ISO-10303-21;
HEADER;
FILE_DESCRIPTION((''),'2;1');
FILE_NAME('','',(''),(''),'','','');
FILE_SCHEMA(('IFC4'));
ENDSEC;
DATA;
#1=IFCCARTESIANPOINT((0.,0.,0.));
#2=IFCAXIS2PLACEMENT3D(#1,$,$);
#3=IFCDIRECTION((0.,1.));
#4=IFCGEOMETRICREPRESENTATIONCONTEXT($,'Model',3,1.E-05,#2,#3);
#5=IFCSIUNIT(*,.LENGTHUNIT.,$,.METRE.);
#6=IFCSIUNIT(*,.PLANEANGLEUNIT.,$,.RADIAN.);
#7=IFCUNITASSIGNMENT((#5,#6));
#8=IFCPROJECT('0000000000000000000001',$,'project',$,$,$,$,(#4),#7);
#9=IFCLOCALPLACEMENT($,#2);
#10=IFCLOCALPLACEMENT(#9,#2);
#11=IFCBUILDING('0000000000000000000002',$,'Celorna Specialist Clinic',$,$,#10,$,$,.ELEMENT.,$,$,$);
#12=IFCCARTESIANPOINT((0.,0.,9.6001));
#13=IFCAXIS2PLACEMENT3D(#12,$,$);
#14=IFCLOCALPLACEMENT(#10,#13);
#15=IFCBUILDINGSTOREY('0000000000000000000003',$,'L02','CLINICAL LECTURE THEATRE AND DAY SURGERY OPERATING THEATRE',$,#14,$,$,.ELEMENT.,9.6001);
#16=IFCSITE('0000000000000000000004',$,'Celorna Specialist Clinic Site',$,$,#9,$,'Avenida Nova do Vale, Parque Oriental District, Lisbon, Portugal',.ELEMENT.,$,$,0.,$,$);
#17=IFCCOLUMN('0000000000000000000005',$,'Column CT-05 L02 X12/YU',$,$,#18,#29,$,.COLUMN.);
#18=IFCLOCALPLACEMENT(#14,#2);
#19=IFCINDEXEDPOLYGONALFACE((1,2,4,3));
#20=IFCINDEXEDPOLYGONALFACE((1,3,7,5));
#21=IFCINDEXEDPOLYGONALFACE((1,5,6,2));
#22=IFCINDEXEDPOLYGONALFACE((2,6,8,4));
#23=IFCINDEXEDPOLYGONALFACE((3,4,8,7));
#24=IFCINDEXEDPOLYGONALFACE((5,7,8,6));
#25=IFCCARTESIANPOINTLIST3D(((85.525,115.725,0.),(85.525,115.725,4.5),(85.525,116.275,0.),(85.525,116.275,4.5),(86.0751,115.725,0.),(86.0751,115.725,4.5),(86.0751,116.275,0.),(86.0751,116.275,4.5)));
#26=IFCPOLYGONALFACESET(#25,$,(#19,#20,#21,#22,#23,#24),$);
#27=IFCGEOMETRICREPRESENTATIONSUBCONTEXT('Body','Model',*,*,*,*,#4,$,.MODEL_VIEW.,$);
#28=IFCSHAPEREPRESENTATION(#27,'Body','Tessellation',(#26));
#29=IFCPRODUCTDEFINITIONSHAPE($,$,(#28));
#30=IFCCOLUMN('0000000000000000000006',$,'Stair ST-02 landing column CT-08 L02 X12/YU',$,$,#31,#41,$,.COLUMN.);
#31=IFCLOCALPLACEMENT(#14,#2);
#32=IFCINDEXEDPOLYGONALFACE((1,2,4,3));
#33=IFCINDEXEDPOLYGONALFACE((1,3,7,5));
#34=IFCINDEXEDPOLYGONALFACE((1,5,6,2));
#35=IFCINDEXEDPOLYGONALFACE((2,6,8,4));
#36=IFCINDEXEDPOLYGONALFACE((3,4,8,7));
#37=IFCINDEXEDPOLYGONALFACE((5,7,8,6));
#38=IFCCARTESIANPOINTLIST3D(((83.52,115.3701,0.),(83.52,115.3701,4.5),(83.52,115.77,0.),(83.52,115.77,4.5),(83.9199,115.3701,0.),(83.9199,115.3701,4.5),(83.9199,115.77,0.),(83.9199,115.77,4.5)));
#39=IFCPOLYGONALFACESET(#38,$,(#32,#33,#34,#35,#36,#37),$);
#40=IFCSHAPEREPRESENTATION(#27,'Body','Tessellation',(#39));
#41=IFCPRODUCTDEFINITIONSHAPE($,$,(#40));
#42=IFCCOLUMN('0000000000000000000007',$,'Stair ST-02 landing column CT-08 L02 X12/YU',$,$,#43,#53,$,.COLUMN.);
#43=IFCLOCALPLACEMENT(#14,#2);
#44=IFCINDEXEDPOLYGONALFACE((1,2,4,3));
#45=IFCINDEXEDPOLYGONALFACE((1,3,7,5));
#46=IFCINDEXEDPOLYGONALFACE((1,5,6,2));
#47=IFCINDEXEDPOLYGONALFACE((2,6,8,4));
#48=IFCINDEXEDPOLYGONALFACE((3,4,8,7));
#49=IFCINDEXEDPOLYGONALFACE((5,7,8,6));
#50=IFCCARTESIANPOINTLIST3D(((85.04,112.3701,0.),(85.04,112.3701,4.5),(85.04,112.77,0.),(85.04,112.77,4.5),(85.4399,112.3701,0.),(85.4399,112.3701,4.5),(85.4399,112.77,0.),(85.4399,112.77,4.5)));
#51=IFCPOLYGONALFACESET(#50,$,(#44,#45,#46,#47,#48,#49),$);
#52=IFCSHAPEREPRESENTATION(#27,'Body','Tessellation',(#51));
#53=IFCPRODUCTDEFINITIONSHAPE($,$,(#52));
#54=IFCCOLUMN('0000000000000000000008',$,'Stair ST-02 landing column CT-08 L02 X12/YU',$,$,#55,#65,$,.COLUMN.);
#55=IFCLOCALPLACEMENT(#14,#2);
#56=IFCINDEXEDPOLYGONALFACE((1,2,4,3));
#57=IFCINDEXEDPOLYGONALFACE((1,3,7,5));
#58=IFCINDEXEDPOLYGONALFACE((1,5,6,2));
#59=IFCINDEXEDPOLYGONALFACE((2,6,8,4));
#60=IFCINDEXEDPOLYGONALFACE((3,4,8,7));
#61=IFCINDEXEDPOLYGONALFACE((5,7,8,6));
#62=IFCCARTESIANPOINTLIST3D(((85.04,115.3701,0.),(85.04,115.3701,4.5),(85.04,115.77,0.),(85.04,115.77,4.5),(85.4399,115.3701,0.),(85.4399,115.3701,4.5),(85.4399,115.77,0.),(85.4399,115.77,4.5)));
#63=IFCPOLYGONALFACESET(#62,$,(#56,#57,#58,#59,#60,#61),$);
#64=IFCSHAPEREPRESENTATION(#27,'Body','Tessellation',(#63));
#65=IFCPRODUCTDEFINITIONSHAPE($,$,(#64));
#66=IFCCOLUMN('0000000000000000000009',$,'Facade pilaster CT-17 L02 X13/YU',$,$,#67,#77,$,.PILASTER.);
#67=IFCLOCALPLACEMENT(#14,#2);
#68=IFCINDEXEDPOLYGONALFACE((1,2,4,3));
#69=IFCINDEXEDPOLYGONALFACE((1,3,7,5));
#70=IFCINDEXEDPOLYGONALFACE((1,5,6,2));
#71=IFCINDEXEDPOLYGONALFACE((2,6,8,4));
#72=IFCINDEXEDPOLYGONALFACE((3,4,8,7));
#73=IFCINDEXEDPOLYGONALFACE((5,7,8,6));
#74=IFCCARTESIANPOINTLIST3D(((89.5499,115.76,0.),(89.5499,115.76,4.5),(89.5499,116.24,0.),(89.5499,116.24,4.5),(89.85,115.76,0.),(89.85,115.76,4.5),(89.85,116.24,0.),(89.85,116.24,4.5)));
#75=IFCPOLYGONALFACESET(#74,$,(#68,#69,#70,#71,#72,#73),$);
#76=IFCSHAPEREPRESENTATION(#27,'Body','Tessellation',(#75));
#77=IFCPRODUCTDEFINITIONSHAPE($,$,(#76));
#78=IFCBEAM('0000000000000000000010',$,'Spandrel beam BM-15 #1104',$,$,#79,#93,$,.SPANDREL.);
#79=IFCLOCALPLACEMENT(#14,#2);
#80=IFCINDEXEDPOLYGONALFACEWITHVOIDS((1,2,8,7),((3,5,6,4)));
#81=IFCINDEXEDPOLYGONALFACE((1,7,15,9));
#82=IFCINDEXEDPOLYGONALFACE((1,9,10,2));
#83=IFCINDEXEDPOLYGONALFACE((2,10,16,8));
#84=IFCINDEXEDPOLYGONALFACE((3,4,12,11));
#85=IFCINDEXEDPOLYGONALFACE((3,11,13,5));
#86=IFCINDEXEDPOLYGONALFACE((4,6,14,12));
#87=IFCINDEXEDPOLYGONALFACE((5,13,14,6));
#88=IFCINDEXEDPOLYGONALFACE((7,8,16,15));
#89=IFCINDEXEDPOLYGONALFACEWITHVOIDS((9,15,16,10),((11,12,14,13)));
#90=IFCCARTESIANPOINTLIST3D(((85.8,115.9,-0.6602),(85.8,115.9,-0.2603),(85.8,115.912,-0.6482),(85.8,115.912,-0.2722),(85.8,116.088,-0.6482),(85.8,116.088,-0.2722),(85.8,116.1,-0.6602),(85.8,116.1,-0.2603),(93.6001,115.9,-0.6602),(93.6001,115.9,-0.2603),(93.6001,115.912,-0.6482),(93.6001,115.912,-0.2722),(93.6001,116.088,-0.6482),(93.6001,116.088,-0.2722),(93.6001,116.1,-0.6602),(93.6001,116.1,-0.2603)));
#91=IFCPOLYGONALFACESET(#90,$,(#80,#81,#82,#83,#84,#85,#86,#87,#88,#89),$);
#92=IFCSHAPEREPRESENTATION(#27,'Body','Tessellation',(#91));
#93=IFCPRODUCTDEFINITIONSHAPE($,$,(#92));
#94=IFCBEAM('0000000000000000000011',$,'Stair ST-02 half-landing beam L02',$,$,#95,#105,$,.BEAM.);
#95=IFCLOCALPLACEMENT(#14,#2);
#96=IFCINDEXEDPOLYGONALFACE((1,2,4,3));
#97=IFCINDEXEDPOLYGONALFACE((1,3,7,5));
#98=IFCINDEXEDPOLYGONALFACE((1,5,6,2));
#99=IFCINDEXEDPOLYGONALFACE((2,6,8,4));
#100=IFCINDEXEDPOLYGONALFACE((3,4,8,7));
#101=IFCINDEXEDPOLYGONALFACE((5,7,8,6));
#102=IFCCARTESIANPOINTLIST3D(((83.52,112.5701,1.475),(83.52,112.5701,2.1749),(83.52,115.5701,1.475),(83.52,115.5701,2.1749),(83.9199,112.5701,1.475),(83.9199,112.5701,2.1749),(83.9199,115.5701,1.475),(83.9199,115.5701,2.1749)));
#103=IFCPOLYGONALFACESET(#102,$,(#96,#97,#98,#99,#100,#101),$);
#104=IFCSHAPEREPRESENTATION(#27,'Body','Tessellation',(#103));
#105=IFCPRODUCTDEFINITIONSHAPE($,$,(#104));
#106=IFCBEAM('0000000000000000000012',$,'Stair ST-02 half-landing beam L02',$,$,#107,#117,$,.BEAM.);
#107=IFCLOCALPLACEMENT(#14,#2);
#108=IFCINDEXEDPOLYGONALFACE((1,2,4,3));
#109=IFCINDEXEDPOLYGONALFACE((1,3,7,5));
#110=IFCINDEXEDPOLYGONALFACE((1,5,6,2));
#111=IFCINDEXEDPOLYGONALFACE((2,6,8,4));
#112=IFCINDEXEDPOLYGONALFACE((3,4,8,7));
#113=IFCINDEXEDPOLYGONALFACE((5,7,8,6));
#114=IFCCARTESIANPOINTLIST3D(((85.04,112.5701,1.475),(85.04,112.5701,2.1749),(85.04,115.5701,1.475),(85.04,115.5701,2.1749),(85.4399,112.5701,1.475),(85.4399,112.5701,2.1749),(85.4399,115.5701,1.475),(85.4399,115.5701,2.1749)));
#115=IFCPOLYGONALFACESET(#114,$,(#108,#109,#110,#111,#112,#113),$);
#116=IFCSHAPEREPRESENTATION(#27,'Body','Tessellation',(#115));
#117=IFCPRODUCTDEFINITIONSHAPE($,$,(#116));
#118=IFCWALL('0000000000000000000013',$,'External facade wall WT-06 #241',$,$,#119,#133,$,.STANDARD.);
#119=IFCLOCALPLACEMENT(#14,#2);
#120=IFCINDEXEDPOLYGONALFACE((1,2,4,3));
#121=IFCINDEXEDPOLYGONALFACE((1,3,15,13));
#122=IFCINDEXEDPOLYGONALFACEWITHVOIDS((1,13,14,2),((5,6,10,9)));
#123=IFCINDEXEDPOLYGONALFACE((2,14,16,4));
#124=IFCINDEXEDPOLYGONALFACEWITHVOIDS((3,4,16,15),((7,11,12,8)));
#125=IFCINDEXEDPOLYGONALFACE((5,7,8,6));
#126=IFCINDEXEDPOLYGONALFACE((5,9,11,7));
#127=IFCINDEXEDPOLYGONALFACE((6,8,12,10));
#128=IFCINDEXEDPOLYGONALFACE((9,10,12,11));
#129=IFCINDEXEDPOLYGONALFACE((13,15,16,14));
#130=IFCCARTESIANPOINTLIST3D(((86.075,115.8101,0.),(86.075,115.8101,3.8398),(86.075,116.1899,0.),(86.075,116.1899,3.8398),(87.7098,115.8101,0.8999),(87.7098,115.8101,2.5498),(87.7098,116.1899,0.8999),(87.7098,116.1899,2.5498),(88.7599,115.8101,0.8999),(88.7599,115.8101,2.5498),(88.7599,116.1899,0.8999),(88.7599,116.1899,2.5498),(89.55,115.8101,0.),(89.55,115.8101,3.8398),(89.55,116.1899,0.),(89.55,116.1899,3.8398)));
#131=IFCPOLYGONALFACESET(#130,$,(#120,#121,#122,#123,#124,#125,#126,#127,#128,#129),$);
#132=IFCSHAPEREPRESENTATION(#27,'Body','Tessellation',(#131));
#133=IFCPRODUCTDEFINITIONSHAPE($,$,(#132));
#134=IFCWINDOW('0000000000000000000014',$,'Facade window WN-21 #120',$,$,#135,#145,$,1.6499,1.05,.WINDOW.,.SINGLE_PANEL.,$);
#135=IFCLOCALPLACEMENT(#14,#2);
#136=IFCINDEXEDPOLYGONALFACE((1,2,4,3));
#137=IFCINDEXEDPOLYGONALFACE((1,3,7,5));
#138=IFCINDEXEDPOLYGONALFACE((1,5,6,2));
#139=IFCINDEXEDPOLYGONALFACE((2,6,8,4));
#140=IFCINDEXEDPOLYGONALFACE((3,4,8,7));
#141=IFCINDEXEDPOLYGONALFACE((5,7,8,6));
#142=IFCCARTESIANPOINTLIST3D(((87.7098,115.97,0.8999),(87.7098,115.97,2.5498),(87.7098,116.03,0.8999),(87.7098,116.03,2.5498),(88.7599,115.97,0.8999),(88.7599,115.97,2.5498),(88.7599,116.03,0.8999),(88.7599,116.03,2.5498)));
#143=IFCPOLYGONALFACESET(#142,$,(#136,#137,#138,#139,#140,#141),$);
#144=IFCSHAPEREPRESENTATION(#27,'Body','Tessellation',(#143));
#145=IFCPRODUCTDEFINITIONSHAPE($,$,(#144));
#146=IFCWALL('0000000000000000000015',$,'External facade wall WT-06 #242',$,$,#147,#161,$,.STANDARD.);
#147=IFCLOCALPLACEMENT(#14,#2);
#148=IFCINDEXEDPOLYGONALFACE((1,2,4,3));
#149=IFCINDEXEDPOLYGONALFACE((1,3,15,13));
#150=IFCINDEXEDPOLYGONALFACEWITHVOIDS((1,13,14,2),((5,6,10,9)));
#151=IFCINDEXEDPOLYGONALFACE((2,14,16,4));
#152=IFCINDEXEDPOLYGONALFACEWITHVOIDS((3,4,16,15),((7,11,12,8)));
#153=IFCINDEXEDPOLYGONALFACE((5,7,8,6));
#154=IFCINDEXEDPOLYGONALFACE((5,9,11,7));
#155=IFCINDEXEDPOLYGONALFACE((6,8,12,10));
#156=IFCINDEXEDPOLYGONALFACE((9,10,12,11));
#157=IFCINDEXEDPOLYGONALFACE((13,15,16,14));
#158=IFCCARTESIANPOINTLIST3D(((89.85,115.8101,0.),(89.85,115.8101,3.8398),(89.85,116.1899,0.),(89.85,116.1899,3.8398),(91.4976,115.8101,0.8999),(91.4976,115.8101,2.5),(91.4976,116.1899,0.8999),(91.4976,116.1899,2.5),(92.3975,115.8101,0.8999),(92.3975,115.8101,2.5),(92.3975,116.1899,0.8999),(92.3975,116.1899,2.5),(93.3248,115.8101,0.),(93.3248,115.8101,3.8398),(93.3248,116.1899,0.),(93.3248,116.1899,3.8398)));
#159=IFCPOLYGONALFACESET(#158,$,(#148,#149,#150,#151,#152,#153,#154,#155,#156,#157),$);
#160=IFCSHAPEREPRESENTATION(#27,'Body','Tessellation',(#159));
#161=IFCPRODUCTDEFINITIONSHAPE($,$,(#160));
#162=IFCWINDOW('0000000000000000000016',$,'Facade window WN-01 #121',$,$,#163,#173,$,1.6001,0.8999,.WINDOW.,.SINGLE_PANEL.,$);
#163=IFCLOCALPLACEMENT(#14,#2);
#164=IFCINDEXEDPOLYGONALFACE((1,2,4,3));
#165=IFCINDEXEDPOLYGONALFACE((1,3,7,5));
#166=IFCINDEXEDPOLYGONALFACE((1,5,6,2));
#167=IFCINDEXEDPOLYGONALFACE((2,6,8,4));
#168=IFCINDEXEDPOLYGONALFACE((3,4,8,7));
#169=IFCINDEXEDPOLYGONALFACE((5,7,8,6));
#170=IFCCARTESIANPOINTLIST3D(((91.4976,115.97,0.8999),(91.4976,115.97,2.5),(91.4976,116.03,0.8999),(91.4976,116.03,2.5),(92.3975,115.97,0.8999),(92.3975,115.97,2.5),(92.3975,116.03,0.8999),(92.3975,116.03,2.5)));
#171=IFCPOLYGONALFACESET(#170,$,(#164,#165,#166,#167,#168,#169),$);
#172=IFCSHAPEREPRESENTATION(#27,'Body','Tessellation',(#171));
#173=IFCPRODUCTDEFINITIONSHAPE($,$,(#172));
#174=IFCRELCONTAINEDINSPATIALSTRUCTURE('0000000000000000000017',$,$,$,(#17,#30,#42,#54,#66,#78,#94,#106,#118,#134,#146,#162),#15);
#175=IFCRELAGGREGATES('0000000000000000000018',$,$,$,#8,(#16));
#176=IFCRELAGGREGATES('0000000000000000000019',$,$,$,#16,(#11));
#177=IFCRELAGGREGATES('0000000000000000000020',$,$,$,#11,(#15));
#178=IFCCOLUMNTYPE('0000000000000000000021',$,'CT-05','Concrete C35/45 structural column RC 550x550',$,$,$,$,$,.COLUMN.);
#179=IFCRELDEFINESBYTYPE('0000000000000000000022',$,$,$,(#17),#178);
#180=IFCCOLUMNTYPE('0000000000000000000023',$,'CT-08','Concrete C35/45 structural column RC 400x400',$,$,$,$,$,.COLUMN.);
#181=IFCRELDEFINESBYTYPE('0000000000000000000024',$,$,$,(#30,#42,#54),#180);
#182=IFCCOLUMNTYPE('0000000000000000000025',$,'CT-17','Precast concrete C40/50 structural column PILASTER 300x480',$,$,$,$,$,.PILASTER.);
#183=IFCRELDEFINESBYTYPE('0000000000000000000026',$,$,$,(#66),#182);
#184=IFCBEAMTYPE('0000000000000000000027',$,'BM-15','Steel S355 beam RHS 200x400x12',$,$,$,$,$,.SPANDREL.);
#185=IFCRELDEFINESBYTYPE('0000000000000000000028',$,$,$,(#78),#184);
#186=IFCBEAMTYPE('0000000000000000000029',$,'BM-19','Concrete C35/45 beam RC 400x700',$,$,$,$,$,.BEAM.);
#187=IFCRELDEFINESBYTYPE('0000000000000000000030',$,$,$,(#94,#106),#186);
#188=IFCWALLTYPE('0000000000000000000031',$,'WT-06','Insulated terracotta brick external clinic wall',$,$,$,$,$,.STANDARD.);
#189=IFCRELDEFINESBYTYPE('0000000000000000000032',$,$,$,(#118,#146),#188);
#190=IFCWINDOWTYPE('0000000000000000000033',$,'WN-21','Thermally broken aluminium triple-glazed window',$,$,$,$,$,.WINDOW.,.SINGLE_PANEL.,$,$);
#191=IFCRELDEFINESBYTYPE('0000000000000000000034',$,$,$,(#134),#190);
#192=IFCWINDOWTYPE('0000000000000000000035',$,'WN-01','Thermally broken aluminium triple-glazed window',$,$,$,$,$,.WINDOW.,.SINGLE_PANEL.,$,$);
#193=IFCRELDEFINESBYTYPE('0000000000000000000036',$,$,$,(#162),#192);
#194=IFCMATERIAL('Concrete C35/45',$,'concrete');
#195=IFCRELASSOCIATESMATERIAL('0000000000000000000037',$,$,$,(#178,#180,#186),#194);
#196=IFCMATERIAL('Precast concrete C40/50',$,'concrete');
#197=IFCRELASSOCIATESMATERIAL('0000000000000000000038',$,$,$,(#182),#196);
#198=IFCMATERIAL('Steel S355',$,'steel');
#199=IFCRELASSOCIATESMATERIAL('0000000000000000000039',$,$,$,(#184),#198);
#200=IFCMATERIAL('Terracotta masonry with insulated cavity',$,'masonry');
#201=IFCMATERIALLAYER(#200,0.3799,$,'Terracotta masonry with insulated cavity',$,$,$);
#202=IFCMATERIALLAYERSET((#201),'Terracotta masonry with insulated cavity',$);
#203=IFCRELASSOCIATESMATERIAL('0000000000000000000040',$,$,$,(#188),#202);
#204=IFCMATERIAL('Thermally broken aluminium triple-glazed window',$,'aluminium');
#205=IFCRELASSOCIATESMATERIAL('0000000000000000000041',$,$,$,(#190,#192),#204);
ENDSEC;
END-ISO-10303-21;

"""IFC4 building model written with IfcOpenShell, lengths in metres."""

from ifc_helpers import new_model, si_unit, direction, frame, frame_2d, origin, origin_2d, place, context, subcontext, project, spatial, rectangle, hollow_rectangle, extrude, material, layer, layer_set, material_profile, profile_set, type_object, element, fill, save


model = new_model("IFC4")

# Units and contexts
model_context = context("Model", 3, precision=1e-05, world=origin(), true_north=direction((0.0, 1.0)))
body_context = subcontext(model_context, "Body", "Model", "MODEL_VIEW")
ifc_project = project(units=[si_unit("LENGTHUNIT", "METRE"), si_unit("PLANEANGLEUNIT", "RADIAN")], contexts=[model_context])

# Site, building, storey
site_placement = place(None, origin())
site = spatial("IfcSite", under=ifc_project, at=site_placement, Name="Celorna Specialist Clinic Site", LongName="Avenida Nova do Vale, Parque Oriental District, Lisbon, Portugal", CompositionType="ELEMENT", RefElevation=0.0)
building_placement = place(site_placement, origin())
building = spatial("IfcBuilding", under=site, at=building_placement, Name="Celorna Specialist Clinic", CompositionType="ELEMENT")
storey_placement = place(building_placement, frame((0.0, 0.0, 9.6001)))
storey = spatial("IfcBuildingStorey", under=building, at=storey_placement, Name="L02", Description="CLINICAL LECTURE THEATRE AND DAY SURGERY OPERATING THEATRE", CompositionType="ELEMENT", Elevation=9.6001)

# Columns
ifc_material_1 = material(Name="Concrete C35/45", Category="concrete")
ifc_material_profile_1 = material_profile(ifc_material_1, rectangle(XDim=0.55, YDim=0.55, at=origin_2d()), Name="RC 550x550")
ifc_profile_set_1 = profile_set([ifc_material_profile_1], Name="Concrete C35/45")
column_type_1 = type_object("IfcColumnType", Name="CT-05", Description="Concrete C35/45 structural column RC 550x550", PredefinedType="COLUMN", material=ifc_profile_set_1)
column_1_placement = place(storey_placement, frame((85.8, 116.0, 0.0), z_axis=(0.0, 0.0, 1.0), x_axis=(1.0, 0.0, 0.0)))
element("IfcColumn", 1, at=column_1_placement, inside=storey, type_object=column_type_1, Name="Column CT-05 L02 X12/YU", PredefinedType="COLUMN", context=body_context, shape_type="SweptSolid", body=[
    extrude(rectangle(XDim=0.55, YDim=0.55, at=origin_2d()), origin(), (0.0, 0.0, 1.0), 4.5),
])
ifc_material_profile_2 = material_profile(ifc_material_1, rectangle(XDim=0.3999, YDim=0.3999, at=origin_2d()), Name="RC 400x400")
ifc_profile_set_2 = profile_set([ifc_material_profile_2], Name="Concrete C35/45")
column_type_2 = type_object("IfcColumnType", Name="CT-08", Description="Concrete C35/45 structural column RC 400x400", PredefinedType="COLUMN", material=ifc_profile_set_2)
for number, where, z_axis, x_axis, name in (
    (2, (83.72, 115.5701, 0.0), (0.0, 0.0, 1.0), (1.0, 0.0, 0.0), "Stair ST-02 landing column CT-08 L02 X12/YU"),
    (3, (85.24, 112.5701, 0.0), (0.0, 0.0, 1.0), (1.0, 0.0, 0.0), "Stair ST-02 landing column CT-08 L02 X12/YU"),
    (4, (85.24, 115.5701, 0.0), (0.0, 0.0, 1.0), (1.0, 0.0, 0.0), "Stair ST-02 landing column CT-08 L02 X12/YU"),
):
    element("IfcColumn", number, at=place(storey_placement, frame(where, z_axis=z_axis, x_axis=x_axis)), inside=storey, type_object=column_type_2, Name=name, PredefinedType="COLUMN", context=body_context, shape_type="SweptSolid", body=[
        extrude(rectangle(XDim=0.3999, YDim=0.3999, at=origin_2d()), origin(), (0.0, 0.0, 1.0), 4.5),
    ])
ifc_material_2 = material(Name="Precast concrete C40/50", Category="concrete")
ifc_material_profile_3 = material_profile(ifc_material_2, rectangle(XDim=0.3, YDim=0.48, at=origin_2d()), Name="PILASTER 300x480")
ifc_profile_set_3 = profile_set([ifc_material_profile_3], Name="Precast concrete C40/50")
column_type_3 = type_object("IfcColumnType", Name="CT-17", Description="Precast concrete C40/50 structural column PILASTER 300x480", PredefinedType="PILASTER", material=ifc_profile_set_3)
column_2_placement = place(storey_placement, frame((89.7, 116.0, 0.0), z_axis=(0.0, 0.0, 1.0), x_axis=(1.0, 0.0, 0.0)))
element("IfcColumn", 5, at=column_2_placement, inside=storey, type_object=column_type_3, Name="Facade pilaster CT-17 L02 X13/YU", PredefinedType="PILASTER", context=body_context, shape_type="SweptSolid", body=[
    extrude(rectangle(XDim=0.3, YDim=0.48, at=origin_2d()), origin(), (0.0, 0.0, 1.0), 4.5),
])

# Beams
ifc_material_3 = material(Name="Steel S355", Category="steel")
ifc_material_profile_4 = material_profile(ifc_material_3, hollow_rectangle(XDim=0.2, YDim=0.3999, WallThickness=0.012, at=origin_2d()), Name="RHS 200x400x12")
ifc_profile_set_4 = profile_set([ifc_material_profile_4], Name="Steel S355")
beam_type_1 = type_object("IfcBeamType", Name="BM-15", Description="Steel S355 beam RHS 200x400x12", PredefinedType="SPANDREL", material=ifc_profile_set_4)
beam_placement = place(storey_placement, frame((85.8, 116.0, -0.4602), z_axis=(1.0, 0.0, 0.0), x_axis=(0.0, 1.0, 0.0)))
element("IfcBeam", 6, at=beam_placement, inside=storey, type_object=beam_type_1, Name="Spandrel beam BM-15 #1104", PredefinedType="SPANDREL", context=body_context, shape_type="SweptSolid", body=[
    extrude(hollow_rectangle(XDim=0.2, YDim=0.3999, WallThickness=0.012, at=origin_2d()), origin(), (0.0, 0.0, 1.0), 7.8),
])
ifc_material_profile_5 = material_profile(ifc_material_1, rectangle(XDim=0.3999, YDim=0.7, at=origin_2d()), Name="RC 400x700")
ifc_profile_set_5 = profile_set([ifc_material_profile_5], Name="Concrete C35/45")
beam_type_2 = type_object("IfcBeamType", Name="BM-19", Description="Concrete C35/45 beam RC 400x700", PredefinedType="BEAM", material=ifc_profile_set_5)
for number, where, z_axis, x_axis, name in (
    (7, (83.72, 112.5701, 1.825), (0.0, 1.0, 0.0), (-1.0, 0.0, 0.0), "Stair ST-02 half-landing beam L02"),
    (8, (85.24, 112.5701, 1.825), (0.0, 1.0, 0.0), (-1.0, 0.0, 0.0), "Stair ST-02 half-landing beam L02"),
):
    element("IfcBeam", number, at=place(storey_placement, frame(where, z_axis=z_axis, x_axis=x_axis)), inside=storey, type_object=beam_type_2, Name=name, PredefinedType="BEAM", context=body_context, shape_type="SweptSolid", body=[
        extrude(rectangle(XDim=0.3999, YDim=0.7, at=origin_2d()), origin(), (0.0, 0.0, 1.0), 3.0),
    ])

# Walls, openings, windows
ifc_material_4 = material(Name="Terracotta masonry with insulated cavity", Category="masonry")
ifc_layer_1 = layer(ifc_material_4, 0.3799, Name="Terracotta masonry with insulated cavity")
ifc_layer_set_1 = layer_set([ifc_layer_1], Name="Terracotta masonry with insulated cavity")
wall_type_1 = type_object("IfcWallType", Name="WT-06", Description="Insulated terracotta brick external clinic wall", PredefinedType="STANDARD", material=ifc_layer_set_1)
wall_1_placement = place(storey_placement, frame((86.075, 116.0, 0.0), z_axis=(0.0, 0.0, 1.0), x_axis=(1.0, 0.0, 0.0)))
wall_1 = element("IfcWall", 9, at=wall_1_placement, inside=storey, type_object=wall_type_1, Name="External facade wall WT-06 #241", PredefinedType="STANDARD", context=body_context, shape_type="SweptSolid", body=[
    extrude(rectangle(XDim=3.4751, YDim=0.3799, at=frame_2d((1.7375, 0.0))), origin(), (0.0, 0.0, 1.0), 3.8398),
])
opening_1_placement = place(wall_1_placement, frame((1.635, 0.0, 0.8999)))
opening_1 = element("IfcOpeningElement", 10, at=opening_1_placement, cuts=wall_1, PredefinedType="OPENING", context=body_context, shape_type="SweptSolid", body=[
    extrude(rectangle(XDim=1.05, YDim=1.6499, at=frame_2d((0.5249, 0.825))), frame((0.0, 0.2, 0.0), z_axis=(0.0, -1.0, 0.0), x_axis=(1.0, 0.0, 0.0)), (0.0, 0.0, 1.0), 0.3999),
])
ifc_material_5 = material(Name="Thermally broken aluminium triple-glazed window", Category="aluminium")
window_type_1 = type_object("IfcWindowType", Name="WN-21", Description="Thermally broken aluminium triple-glazed window", PartitioningType="SINGLE_PANEL", PredefinedType="WINDOW", material=ifc_material_5)
window_1_placement = place(opening_1_placement, origin())
window_1 = element("IfcWindow", 11, at=window_1_placement, inside=storey, type_object=window_type_1, Name="Facade window WN-21 #120", OverallHeight=1.6499, OverallWidth=1.05, PartitioningType="SINGLE_PANEL", PredefinedType="WINDOW", context=body_context, shape_type="SweptSolid", body=[
    extrude(rectangle(XDim=1.05, YDim=1.6499, at=frame_2d((0.5249, 0.825))), frame((0.0, 0.03, 0.0), z_axis=(0.0, -1.0, 0.0), x_axis=(1.0, 0.0, 0.0)), (0.0, 0.0, 1.0), 0.0601),
])
fill(opening_1, window_1)
wall_2_placement = place(storey_placement, frame((89.8501, 116.0, 0.0), z_axis=(0.0, 0.0, 1.0), x_axis=(1.0, 0.0, 0.0)))
wall_2 = element("IfcWall", 12, at=wall_2_placement, inside=storey, type_object=wall_type_1, Name="External facade wall WT-06 #242", PredefinedType="STANDARD", context=body_context, shape_type="SweptSolid", body=[
    extrude(rectangle(XDim=3.4749, YDim=0.3799, at=frame_2d((1.7373, 0.0))), origin(), (0.0, 0.0, 1.0), 3.8398),
])
opening_2_placement = place(wall_2_placement, frame((1.6475, 0.0, 0.8999)))
opening_2 = element("IfcOpeningElement", 13, at=opening_2_placement, cuts=wall_2, PredefinedType="OPENING", context=body_context, shape_type="SweptSolid", body=[
    extrude(rectangle(XDim=0.8999, YDim=1.6001, at=frame_2d((0.45, 0.8))), frame((0.0, 0.2, 0.0), z_axis=(0.0, -1.0, 0.0), x_axis=(1.0, 0.0, 0.0)), (0.0, 0.0, 1.0), 0.3999),
])
window_type_2 = type_object("IfcWindowType", Name="WN-01", Description="Thermally broken aluminium triple-glazed window", PartitioningType="SINGLE_PANEL", PredefinedType="WINDOW", material=ifc_material_5)
window_2_placement = place(opening_2_placement, origin())
window_2 = element("IfcWindow", 14, at=window_2_placement, inside=storey, type_object=window_type_2, Name="Facade window WN-01 #121", OverallHeight=1.6001, OverallWidth=0.8999, PartitioningType="SINGLE_PANEL", PredefinedType="WINDOW", context=body_context, shape_type="SweptSolid", body=[
    extrude(rectangle(XDim=0.8999, YDim=1.6001, at=frame_2d((0.45, 0.8))), frame((0.0, 0.03, 0.0), z_axis=(0.0, -1.0, 0.0), x_axis=(1.0, 0.0, 0.0)), (0.0, 0.0, 1.0), 0.0601),
])
fill(opening_2, window_2)

save(model, "model.ifc")
